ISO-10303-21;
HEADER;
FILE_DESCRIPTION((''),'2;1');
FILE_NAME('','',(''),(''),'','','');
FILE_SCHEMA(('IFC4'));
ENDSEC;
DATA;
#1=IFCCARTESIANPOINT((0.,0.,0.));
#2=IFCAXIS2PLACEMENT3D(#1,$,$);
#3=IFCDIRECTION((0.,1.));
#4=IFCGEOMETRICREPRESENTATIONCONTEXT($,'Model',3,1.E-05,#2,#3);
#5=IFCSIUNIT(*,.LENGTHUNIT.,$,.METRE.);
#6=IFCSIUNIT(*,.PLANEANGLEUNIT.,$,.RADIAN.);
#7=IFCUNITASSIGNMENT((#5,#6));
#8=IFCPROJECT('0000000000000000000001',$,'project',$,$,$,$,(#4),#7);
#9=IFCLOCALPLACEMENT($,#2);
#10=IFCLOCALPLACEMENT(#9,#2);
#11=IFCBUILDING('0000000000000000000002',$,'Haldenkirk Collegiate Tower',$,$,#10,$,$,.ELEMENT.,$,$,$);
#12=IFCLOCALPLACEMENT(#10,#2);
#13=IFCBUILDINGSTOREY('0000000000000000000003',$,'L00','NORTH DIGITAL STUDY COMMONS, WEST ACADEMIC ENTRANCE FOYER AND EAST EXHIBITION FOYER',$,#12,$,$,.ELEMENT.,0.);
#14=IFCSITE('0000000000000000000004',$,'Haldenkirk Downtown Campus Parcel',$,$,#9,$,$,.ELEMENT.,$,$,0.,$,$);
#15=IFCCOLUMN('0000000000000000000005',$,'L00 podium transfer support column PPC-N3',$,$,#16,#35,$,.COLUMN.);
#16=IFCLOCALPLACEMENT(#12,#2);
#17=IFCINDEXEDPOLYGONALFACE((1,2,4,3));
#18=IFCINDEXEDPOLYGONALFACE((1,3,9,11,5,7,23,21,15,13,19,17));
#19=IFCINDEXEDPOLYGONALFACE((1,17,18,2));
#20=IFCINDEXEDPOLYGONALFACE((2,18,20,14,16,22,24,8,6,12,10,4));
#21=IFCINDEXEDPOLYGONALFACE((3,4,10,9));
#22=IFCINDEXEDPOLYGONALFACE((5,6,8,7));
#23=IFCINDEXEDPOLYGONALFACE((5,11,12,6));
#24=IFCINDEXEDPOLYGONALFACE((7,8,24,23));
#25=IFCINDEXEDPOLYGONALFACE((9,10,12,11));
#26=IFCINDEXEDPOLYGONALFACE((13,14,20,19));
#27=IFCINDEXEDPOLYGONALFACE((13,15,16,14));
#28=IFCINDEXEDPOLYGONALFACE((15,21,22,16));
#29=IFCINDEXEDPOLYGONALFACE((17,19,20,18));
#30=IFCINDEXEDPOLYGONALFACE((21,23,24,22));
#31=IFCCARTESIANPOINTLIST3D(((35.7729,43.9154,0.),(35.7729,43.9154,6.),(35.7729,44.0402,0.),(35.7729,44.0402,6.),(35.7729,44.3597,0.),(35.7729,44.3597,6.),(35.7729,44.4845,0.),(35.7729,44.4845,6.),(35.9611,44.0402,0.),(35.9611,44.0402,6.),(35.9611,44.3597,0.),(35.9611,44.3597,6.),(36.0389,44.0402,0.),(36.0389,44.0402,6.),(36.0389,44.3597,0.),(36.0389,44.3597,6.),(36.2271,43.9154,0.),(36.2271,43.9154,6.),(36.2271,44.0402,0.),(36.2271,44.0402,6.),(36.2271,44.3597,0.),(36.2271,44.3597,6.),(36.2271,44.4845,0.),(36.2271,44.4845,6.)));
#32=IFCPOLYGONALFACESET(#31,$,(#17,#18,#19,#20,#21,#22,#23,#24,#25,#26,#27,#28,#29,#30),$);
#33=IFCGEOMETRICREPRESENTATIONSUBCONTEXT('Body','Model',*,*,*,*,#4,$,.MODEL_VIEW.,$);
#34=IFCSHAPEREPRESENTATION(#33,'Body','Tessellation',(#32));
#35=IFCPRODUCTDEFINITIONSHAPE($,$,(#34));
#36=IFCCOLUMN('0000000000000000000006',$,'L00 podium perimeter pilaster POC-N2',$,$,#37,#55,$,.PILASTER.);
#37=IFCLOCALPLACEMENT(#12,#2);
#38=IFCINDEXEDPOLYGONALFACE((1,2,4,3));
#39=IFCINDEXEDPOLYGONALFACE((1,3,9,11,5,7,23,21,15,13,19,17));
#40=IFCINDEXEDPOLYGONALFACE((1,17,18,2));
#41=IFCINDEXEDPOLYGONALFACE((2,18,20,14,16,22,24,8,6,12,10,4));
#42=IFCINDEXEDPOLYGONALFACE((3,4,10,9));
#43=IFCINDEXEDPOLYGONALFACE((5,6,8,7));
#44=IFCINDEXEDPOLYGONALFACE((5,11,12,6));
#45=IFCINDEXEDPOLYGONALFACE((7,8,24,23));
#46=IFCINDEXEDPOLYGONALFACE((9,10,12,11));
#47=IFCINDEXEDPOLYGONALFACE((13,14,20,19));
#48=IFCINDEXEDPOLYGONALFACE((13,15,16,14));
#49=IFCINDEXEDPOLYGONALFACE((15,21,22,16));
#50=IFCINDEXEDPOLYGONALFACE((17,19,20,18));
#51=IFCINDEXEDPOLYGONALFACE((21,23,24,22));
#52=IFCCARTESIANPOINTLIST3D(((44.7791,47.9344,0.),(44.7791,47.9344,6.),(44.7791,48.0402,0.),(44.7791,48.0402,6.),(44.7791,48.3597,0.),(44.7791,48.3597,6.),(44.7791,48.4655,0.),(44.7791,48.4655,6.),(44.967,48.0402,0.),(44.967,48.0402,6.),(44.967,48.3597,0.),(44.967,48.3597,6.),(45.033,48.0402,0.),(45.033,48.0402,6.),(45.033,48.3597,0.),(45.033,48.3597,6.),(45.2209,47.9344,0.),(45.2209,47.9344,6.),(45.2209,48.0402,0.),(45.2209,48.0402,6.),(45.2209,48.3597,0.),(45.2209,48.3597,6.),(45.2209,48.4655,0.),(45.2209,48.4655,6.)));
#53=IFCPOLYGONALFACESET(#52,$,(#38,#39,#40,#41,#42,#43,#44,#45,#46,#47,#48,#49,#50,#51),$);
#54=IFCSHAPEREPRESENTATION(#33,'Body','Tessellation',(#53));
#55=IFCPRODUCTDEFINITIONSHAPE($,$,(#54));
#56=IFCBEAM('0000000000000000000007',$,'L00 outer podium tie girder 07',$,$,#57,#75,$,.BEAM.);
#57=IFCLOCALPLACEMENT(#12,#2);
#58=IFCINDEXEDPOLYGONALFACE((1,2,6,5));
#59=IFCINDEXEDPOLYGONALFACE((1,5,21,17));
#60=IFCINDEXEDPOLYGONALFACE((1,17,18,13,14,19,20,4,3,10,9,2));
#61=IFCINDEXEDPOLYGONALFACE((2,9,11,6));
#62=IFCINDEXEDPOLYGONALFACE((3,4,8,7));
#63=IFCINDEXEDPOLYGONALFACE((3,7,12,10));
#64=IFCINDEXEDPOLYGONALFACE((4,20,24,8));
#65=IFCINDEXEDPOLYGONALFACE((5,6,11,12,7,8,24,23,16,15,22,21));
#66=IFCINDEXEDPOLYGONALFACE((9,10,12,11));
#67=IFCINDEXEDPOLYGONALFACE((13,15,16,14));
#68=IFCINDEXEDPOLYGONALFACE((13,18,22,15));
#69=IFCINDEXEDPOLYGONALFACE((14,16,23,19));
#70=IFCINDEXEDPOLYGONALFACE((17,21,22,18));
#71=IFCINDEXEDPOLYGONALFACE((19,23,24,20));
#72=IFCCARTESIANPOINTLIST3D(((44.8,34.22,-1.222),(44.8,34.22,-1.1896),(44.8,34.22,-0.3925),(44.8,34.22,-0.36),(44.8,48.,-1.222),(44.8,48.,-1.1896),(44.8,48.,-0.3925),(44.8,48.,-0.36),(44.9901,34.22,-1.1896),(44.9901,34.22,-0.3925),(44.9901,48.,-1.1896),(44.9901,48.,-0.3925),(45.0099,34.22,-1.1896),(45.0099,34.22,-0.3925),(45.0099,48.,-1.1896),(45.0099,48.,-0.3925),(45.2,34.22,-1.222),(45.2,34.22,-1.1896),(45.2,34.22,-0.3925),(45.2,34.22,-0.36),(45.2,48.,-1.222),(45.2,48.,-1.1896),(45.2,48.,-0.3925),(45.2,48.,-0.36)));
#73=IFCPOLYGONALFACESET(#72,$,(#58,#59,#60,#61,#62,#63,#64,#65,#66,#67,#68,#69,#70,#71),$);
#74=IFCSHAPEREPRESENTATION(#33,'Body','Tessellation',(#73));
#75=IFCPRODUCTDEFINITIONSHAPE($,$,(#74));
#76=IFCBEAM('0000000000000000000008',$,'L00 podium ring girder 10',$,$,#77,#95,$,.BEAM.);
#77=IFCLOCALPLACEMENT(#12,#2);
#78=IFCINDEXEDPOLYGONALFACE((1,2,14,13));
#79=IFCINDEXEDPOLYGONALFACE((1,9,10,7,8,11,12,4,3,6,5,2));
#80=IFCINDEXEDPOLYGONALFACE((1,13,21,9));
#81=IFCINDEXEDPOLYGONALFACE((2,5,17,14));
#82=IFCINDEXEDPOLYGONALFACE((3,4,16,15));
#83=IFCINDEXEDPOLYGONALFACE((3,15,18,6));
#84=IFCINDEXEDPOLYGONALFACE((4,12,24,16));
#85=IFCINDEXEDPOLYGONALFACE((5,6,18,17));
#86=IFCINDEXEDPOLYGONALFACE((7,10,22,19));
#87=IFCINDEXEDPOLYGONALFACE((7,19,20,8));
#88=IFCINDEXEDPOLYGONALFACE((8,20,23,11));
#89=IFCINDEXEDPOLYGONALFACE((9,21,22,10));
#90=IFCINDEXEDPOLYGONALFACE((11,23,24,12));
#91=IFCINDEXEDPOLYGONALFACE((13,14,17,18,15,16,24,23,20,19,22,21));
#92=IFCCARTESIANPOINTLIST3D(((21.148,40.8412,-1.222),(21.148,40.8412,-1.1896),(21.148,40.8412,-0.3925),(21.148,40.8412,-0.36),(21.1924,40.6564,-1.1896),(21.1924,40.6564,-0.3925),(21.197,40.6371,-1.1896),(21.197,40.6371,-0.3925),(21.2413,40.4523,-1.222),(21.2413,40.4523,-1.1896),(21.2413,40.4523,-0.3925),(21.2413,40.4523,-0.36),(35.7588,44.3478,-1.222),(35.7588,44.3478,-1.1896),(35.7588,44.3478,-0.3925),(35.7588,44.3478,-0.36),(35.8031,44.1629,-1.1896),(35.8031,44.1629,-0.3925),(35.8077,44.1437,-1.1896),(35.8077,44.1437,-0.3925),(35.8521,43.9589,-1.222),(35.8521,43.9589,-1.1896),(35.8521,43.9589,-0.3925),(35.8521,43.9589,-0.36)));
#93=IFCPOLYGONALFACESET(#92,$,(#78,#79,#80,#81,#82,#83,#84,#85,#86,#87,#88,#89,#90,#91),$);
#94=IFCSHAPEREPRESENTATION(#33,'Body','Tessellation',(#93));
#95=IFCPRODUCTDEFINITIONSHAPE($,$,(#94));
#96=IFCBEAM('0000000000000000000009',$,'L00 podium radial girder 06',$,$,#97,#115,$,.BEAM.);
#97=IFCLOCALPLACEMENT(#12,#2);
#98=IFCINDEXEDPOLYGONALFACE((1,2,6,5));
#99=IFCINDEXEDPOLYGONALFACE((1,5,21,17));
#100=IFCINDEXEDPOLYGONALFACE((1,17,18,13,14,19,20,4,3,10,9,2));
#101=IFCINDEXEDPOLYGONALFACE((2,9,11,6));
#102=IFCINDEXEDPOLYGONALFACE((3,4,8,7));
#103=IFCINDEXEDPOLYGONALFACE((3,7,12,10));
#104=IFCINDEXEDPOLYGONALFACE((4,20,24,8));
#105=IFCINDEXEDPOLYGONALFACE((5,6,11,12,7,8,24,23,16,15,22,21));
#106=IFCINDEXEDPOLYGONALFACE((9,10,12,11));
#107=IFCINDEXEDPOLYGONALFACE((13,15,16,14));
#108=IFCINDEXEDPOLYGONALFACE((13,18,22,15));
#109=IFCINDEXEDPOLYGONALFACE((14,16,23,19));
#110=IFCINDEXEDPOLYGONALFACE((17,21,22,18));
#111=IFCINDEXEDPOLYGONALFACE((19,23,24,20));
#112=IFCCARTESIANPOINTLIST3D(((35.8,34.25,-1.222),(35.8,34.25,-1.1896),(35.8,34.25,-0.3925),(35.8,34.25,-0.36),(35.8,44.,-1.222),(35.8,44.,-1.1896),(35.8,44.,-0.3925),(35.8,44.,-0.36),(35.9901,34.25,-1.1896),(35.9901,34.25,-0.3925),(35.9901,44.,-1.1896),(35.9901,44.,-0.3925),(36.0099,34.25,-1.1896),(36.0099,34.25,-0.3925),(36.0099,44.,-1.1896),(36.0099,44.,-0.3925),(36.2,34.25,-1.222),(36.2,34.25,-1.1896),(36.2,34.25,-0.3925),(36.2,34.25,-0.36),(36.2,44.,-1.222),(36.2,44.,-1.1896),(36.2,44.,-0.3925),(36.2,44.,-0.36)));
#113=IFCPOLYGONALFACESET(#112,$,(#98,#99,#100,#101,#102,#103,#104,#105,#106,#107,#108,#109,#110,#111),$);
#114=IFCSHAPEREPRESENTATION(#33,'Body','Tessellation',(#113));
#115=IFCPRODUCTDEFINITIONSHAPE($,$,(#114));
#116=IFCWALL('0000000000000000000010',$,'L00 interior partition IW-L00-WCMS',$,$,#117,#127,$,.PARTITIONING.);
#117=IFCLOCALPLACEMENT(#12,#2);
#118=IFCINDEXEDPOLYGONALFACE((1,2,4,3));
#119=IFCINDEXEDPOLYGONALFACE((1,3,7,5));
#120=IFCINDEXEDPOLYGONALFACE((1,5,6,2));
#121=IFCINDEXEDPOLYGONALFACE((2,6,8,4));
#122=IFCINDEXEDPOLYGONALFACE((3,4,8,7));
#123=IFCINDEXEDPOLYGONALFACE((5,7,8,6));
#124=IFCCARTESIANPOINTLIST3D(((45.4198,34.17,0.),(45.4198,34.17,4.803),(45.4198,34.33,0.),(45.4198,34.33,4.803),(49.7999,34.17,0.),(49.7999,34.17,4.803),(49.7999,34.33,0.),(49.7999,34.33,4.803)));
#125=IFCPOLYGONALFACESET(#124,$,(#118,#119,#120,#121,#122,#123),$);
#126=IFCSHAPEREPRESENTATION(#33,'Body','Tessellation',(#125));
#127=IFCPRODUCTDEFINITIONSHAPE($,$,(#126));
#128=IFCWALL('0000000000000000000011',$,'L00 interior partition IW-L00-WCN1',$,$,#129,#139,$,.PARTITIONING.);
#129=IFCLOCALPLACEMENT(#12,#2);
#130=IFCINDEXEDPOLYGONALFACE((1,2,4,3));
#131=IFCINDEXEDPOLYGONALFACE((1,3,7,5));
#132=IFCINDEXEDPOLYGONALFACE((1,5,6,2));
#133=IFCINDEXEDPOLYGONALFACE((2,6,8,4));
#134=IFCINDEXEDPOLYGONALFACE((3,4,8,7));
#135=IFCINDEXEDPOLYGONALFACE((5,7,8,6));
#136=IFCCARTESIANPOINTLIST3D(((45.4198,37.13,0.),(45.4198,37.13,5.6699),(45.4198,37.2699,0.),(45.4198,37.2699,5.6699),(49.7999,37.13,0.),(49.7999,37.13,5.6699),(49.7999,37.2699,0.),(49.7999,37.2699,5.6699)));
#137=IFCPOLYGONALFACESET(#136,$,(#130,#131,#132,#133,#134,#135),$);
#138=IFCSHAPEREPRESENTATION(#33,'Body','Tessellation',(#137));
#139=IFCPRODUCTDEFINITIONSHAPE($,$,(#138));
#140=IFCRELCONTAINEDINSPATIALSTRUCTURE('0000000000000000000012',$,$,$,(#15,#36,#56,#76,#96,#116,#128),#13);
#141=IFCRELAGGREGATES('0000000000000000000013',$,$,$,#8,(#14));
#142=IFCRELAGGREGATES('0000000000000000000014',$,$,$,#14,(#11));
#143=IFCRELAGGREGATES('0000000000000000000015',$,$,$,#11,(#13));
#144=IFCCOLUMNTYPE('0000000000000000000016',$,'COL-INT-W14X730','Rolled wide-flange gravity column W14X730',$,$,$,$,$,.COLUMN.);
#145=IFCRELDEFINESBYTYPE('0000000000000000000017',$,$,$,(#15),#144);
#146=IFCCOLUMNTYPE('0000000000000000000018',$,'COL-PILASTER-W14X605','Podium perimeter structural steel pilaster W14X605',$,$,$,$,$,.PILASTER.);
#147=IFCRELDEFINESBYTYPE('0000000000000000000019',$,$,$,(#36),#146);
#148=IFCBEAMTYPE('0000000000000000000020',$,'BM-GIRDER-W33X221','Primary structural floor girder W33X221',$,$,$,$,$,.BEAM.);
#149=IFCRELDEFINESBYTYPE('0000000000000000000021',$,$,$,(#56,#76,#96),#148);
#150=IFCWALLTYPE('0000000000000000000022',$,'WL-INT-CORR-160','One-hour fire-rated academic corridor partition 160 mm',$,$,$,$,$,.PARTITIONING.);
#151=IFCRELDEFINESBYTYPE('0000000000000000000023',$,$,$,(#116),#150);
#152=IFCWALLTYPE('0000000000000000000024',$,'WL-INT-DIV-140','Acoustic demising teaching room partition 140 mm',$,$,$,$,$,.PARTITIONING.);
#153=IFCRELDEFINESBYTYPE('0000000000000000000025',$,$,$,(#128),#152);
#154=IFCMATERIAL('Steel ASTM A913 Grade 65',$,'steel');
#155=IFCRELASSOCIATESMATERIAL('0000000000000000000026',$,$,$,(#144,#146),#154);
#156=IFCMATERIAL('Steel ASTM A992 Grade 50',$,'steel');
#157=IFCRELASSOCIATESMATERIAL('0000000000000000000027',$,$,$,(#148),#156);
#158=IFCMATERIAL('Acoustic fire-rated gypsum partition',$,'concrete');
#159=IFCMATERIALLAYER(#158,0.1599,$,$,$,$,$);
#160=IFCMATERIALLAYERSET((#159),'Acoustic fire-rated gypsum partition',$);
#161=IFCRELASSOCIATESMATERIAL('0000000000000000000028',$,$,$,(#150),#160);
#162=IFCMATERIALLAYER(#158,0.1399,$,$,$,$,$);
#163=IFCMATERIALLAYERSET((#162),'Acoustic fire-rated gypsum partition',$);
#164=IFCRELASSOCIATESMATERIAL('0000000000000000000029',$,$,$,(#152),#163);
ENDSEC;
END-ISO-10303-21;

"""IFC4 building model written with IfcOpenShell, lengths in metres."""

from ifc_helpers import new_model, si_unit, direction, frame, frame_2d, origin, origin_2d, place, context, subcontext, project, spatial, rectangle, i_section, extrude, material, layer, layer_set, material_profile, profile_set, type_object, element, save


model = new_model("IFC4")

# Units and contexts
model_context = context("Model", 3, precision=1e-05, world=origin(), true_north=direction((0.0, 1.0)))
body_context = subcontext(model_context, "Body", "Model", "MODEL_VIEW")
ifc_project = project(units=[si_unit("LENGTHUNIT", "METRE"), si_unit("PLANEANGLEUNIT", "RADIAN")], contexts=[model_context])

# Site, building, storey
site_placement = place(None, origin())
site = spatial("IfcSite", under=ifc_project, at=site_placement, Name="Haldenkirk Downtown Campus Parcel", CompositionType="ELEMENT", RefElevation=0.0)
building_placement = place(site_placement, origin())
building = spatial("IfcBuilding", under=site, at=building_placement, Name="Haldenkirk Collegiate Tower", CompositionType="ELEMENT")
storey_placement = place(building_placement, origin())
storey = spatial("IfcBuildingStorey", under=building, at=storey_placement, Name="L00", Description="NORTH DIGITAL STUDY COMMONS, WEST ACADEMIC ENTRANCE FOYER AND EAST EXHIBITION FOYER", CompositionType="ELEMENT", Elevation=0.0)

# Columns
ifc_material_1 = material(Name="Steel ASTM A913 Grade 65", Category="steel")
ifc_material_profile_1 = material_profile(ifc_material_1, i_section(OverallWidth=0.4541, OverallDepth=0.5691, WebThickness=0.0779, FlangeThickness=0.1248, at=origin_2d()), Name="W14X730")
ifc_profile_set_1 = profile_set([ifc_material_profile_1], Name="Steel ASTM A913 Grade 65")
column_type_1 = type_object("IfcColumnType", Name="COL-INT-W14X730", Description="Rolled wide-flange gravity column W14X730", PredefinedType="COLUMN", material=ifc_profile_set_1)
column_1_placement = place(storey_placement, frame((36.0, 44.2, 0.0), z_axis=(0.0, 0.0, 1.0), x_axis=(1.0, 0.0, 0.0)))
element("IfcColumn", 1, at=column_1_placement, inside=storey, type_object=column_type_1, Name="L00 podium transfer support column PPC-N3", PredefinedType="COLUMN", context=body_context, shape_type="SweptSolid", body=[
    extrude(i_section(OverallWidth=0.4541, OverallDepth=0.5691, WebThickness=0.0779, FlangeThickness=0.1248, at=origin_2d()), origin(), (0.0, 0.0, 1.0), 6.0),
])
ifc_material_profile_2 = material_profile(ifc_material_1, i_section(OverallWidth=0.4419, OverallDepth=0.531, WebThickness=0.0659, FlangeThickness=0.1057, at=origin_2d()), Name="W14X605")
ifc_profile_set_2 = profile_set([ifc_material_profile_2], Name="Steel ASTM A913 Grade 65")
column_type_2 = type_object("IfcColumnType", Name="COL-PILASTER-W14X605", Description="Podium perimeter structural steel pilaster W14X605", PredefinedType="PILASTER", material=ifc_profile_set_2)
column_2_placement = place(storey_placement, frame((45.0, 48.2, 0.0), z_axis=(0.0, 0.0, 1.0), x_axis=(1.0, 0.0, 0.0)))
element("IfcColumn", 2, at=column_2_placement, inside=storey, type_object=column_type_2, Name="L00 podium perimeter pilaster POC-N2", PredefinedType="PILASTER", context=body_context, shape_type="SweptSolid", body=[
    extrude(i_section(OverallWidth=0.4419, OverallDepth=0.531, WebThickness=0.0659, FlangeThickness=0.1057, at=origin_2d()), origin(), (0.0, 0.0, 1.0), 6.0),
])

# Beams
ifc_material_2 = material(Name="Steel ASTM A992 Grade 50", Category="steel")
ifc_material_profile_3 = material_profile(ifc_material_2, i_section(OverallWidth=0.3999, OverallDepth=0.8621, WebThickness=0.0198, FlangeThickness=0.0325, at=origin_2d()), Name="W33X221")
ifc_profile_set_3 = profile_set([ifc_material_profile_3], Name="Steel ASTM A992 Grade 50")
beam_type = type_object("IfcBeamType", Name="BM-GIRDER-W33X221", Description="Primary structural floor girder W33X221", PredefinedType="BEAM", material=ifc_profile_set_3)
beam_1_placement = place(storey_placement, frame((45.0, 48.0, -0.791), z_axis=(0.0, -1.0, 0.0), x_axis=(1.0, 0.0, 0.0)))
element("IfcBeam", 3, at=beam_1_placement, inside=storey, type_object=beam_type, Name="L00 outer podium tie girder 07", PredefinedType="BEAM", context=body_context, shape_type="SweptSolid", body=[
    extrude(i_section(OverallWidth=0.3999, OverallDepth=0.8621, WebThickness=0.0198, FlangeThickness=0.0325, at=origin_2d()), origin(), (0.0, 0.0, 1.0), 13.78),
])
beam_2_placement = place(storey_placement, frame((35.8054, 44.1533, -0.791), z_axis=(-0.972387, -0.233372, 0.0), x_axis=(0.233372, -0.972387, 0.0)))
element("IfcBeam", 4, at=beam_2_placement, inside=storey, type_object=beam_type, Name="L00 podium ring girder 10", PredefinedType="BEAM", context=body_context, shape_type="SweptSolid", body=[
    extrude(i_section(OverallWidth=0.3999, OverallDepth=0.8621, WebThickness=0.0198, FlangeThickness=0.0325, at=origin_2d()), origin(), (0.0, 0.0, 1.0), 15.0256),
])
beam_3_placement = place(storey_placement, frame((36.0, 44.0, -0.791), z_axis=(0.0, -1.0, 0.0), x_axis=(1.0, 0.0, 0.0)))
element("IfcBeam", 5, at=beam_3_placement, inside=storey, type_object=beam_type, Name="L00 podium radial girder 06", PredefinedType="BEAM", context=body_context, shape_type="SweptSolid", body=[
    extrude(i_section(OverallWidth=0.3999, OverallDepth=0.8621, WebThickness=0.0198, FlangeThickness=0.0325, at=origin_2d()), origin(), (0.0, 0.0, 1.0), 9.75),
])

# Walls
ifc_material_3 = material(Name="Acoustic fire-rated gypsum partition", Category="concrete")
ifc_layer_1 = layer(ifc_material_3, 0.1599)
ifc_layer_set_1 = layer_set([ifc_layer_1], Name="Acoustic fire-rated gypsum partition")
wall_type_1 = type_object("IfcWallType", Name="WL-INT-CORR-160", Description="One-hour fire-rated academic corridor partition 160 mm", PredefinedType="PARTITIONING", material=ifc_layer_set_1)
wall_1_placement = place(storey_placement, frame((45.4199, 34.25, 0.0), z_axis=(0.0, 0.0, 1.0), x_axis=(1.0, 0.0, 0.0)))
element("IfcWall", 6, at=wall_1_placement, inside=storey, type_object=wall_type_1, Name="L00 interior partition IW-L00-WCMS", PredefinedType="PARTITIONING", context=body_context, shape_type="SweptSolid", body=[
    extrude(rectangle(XDim=4.3801, YDim=0.1599, at=frame_2d((2.1899, 0.0))), origin(), (0.0, 0.0, 1.0), 4.803),
])
ifc_layer_2 = layer(ifc_material_3, 0.1399)
ifc_layer_set_2 = layer_set([ifc_layer_2], Name="Acoustic fire-rated gypsum partition")
wall_type_2 = type_object("IfcWallType", Name="WL-INT-DIV-140", Description="Acoustic demising teaching room partition 140 mm", PredefinedType="PARTITIONING", material=ifc_layer_set_2)
wall_2_placement = place(storey_placement, frame((45.4199, 37.2, 0.0), z_axis=(0.0, 0.0, 1.0), x_axis=(1.0, 0.0, 0.0)))
element("IfcWall", 7, at=wall_2_placement, inside=storey, type_object=wall_type_2, Name="L00 interior partition IW-L00-WCN1", PredefinedType="PARTITIONING", context=body_context, shape_type="SweptSolid", body=[
    extrude(rectangle(XDim=4.3801, YDim=0.1399, at=frame_2d((2.1899, 0.0))), origin(), (0.0, 0.0, 1.0), 5.6699),
])

save(model, "model.ifc")
